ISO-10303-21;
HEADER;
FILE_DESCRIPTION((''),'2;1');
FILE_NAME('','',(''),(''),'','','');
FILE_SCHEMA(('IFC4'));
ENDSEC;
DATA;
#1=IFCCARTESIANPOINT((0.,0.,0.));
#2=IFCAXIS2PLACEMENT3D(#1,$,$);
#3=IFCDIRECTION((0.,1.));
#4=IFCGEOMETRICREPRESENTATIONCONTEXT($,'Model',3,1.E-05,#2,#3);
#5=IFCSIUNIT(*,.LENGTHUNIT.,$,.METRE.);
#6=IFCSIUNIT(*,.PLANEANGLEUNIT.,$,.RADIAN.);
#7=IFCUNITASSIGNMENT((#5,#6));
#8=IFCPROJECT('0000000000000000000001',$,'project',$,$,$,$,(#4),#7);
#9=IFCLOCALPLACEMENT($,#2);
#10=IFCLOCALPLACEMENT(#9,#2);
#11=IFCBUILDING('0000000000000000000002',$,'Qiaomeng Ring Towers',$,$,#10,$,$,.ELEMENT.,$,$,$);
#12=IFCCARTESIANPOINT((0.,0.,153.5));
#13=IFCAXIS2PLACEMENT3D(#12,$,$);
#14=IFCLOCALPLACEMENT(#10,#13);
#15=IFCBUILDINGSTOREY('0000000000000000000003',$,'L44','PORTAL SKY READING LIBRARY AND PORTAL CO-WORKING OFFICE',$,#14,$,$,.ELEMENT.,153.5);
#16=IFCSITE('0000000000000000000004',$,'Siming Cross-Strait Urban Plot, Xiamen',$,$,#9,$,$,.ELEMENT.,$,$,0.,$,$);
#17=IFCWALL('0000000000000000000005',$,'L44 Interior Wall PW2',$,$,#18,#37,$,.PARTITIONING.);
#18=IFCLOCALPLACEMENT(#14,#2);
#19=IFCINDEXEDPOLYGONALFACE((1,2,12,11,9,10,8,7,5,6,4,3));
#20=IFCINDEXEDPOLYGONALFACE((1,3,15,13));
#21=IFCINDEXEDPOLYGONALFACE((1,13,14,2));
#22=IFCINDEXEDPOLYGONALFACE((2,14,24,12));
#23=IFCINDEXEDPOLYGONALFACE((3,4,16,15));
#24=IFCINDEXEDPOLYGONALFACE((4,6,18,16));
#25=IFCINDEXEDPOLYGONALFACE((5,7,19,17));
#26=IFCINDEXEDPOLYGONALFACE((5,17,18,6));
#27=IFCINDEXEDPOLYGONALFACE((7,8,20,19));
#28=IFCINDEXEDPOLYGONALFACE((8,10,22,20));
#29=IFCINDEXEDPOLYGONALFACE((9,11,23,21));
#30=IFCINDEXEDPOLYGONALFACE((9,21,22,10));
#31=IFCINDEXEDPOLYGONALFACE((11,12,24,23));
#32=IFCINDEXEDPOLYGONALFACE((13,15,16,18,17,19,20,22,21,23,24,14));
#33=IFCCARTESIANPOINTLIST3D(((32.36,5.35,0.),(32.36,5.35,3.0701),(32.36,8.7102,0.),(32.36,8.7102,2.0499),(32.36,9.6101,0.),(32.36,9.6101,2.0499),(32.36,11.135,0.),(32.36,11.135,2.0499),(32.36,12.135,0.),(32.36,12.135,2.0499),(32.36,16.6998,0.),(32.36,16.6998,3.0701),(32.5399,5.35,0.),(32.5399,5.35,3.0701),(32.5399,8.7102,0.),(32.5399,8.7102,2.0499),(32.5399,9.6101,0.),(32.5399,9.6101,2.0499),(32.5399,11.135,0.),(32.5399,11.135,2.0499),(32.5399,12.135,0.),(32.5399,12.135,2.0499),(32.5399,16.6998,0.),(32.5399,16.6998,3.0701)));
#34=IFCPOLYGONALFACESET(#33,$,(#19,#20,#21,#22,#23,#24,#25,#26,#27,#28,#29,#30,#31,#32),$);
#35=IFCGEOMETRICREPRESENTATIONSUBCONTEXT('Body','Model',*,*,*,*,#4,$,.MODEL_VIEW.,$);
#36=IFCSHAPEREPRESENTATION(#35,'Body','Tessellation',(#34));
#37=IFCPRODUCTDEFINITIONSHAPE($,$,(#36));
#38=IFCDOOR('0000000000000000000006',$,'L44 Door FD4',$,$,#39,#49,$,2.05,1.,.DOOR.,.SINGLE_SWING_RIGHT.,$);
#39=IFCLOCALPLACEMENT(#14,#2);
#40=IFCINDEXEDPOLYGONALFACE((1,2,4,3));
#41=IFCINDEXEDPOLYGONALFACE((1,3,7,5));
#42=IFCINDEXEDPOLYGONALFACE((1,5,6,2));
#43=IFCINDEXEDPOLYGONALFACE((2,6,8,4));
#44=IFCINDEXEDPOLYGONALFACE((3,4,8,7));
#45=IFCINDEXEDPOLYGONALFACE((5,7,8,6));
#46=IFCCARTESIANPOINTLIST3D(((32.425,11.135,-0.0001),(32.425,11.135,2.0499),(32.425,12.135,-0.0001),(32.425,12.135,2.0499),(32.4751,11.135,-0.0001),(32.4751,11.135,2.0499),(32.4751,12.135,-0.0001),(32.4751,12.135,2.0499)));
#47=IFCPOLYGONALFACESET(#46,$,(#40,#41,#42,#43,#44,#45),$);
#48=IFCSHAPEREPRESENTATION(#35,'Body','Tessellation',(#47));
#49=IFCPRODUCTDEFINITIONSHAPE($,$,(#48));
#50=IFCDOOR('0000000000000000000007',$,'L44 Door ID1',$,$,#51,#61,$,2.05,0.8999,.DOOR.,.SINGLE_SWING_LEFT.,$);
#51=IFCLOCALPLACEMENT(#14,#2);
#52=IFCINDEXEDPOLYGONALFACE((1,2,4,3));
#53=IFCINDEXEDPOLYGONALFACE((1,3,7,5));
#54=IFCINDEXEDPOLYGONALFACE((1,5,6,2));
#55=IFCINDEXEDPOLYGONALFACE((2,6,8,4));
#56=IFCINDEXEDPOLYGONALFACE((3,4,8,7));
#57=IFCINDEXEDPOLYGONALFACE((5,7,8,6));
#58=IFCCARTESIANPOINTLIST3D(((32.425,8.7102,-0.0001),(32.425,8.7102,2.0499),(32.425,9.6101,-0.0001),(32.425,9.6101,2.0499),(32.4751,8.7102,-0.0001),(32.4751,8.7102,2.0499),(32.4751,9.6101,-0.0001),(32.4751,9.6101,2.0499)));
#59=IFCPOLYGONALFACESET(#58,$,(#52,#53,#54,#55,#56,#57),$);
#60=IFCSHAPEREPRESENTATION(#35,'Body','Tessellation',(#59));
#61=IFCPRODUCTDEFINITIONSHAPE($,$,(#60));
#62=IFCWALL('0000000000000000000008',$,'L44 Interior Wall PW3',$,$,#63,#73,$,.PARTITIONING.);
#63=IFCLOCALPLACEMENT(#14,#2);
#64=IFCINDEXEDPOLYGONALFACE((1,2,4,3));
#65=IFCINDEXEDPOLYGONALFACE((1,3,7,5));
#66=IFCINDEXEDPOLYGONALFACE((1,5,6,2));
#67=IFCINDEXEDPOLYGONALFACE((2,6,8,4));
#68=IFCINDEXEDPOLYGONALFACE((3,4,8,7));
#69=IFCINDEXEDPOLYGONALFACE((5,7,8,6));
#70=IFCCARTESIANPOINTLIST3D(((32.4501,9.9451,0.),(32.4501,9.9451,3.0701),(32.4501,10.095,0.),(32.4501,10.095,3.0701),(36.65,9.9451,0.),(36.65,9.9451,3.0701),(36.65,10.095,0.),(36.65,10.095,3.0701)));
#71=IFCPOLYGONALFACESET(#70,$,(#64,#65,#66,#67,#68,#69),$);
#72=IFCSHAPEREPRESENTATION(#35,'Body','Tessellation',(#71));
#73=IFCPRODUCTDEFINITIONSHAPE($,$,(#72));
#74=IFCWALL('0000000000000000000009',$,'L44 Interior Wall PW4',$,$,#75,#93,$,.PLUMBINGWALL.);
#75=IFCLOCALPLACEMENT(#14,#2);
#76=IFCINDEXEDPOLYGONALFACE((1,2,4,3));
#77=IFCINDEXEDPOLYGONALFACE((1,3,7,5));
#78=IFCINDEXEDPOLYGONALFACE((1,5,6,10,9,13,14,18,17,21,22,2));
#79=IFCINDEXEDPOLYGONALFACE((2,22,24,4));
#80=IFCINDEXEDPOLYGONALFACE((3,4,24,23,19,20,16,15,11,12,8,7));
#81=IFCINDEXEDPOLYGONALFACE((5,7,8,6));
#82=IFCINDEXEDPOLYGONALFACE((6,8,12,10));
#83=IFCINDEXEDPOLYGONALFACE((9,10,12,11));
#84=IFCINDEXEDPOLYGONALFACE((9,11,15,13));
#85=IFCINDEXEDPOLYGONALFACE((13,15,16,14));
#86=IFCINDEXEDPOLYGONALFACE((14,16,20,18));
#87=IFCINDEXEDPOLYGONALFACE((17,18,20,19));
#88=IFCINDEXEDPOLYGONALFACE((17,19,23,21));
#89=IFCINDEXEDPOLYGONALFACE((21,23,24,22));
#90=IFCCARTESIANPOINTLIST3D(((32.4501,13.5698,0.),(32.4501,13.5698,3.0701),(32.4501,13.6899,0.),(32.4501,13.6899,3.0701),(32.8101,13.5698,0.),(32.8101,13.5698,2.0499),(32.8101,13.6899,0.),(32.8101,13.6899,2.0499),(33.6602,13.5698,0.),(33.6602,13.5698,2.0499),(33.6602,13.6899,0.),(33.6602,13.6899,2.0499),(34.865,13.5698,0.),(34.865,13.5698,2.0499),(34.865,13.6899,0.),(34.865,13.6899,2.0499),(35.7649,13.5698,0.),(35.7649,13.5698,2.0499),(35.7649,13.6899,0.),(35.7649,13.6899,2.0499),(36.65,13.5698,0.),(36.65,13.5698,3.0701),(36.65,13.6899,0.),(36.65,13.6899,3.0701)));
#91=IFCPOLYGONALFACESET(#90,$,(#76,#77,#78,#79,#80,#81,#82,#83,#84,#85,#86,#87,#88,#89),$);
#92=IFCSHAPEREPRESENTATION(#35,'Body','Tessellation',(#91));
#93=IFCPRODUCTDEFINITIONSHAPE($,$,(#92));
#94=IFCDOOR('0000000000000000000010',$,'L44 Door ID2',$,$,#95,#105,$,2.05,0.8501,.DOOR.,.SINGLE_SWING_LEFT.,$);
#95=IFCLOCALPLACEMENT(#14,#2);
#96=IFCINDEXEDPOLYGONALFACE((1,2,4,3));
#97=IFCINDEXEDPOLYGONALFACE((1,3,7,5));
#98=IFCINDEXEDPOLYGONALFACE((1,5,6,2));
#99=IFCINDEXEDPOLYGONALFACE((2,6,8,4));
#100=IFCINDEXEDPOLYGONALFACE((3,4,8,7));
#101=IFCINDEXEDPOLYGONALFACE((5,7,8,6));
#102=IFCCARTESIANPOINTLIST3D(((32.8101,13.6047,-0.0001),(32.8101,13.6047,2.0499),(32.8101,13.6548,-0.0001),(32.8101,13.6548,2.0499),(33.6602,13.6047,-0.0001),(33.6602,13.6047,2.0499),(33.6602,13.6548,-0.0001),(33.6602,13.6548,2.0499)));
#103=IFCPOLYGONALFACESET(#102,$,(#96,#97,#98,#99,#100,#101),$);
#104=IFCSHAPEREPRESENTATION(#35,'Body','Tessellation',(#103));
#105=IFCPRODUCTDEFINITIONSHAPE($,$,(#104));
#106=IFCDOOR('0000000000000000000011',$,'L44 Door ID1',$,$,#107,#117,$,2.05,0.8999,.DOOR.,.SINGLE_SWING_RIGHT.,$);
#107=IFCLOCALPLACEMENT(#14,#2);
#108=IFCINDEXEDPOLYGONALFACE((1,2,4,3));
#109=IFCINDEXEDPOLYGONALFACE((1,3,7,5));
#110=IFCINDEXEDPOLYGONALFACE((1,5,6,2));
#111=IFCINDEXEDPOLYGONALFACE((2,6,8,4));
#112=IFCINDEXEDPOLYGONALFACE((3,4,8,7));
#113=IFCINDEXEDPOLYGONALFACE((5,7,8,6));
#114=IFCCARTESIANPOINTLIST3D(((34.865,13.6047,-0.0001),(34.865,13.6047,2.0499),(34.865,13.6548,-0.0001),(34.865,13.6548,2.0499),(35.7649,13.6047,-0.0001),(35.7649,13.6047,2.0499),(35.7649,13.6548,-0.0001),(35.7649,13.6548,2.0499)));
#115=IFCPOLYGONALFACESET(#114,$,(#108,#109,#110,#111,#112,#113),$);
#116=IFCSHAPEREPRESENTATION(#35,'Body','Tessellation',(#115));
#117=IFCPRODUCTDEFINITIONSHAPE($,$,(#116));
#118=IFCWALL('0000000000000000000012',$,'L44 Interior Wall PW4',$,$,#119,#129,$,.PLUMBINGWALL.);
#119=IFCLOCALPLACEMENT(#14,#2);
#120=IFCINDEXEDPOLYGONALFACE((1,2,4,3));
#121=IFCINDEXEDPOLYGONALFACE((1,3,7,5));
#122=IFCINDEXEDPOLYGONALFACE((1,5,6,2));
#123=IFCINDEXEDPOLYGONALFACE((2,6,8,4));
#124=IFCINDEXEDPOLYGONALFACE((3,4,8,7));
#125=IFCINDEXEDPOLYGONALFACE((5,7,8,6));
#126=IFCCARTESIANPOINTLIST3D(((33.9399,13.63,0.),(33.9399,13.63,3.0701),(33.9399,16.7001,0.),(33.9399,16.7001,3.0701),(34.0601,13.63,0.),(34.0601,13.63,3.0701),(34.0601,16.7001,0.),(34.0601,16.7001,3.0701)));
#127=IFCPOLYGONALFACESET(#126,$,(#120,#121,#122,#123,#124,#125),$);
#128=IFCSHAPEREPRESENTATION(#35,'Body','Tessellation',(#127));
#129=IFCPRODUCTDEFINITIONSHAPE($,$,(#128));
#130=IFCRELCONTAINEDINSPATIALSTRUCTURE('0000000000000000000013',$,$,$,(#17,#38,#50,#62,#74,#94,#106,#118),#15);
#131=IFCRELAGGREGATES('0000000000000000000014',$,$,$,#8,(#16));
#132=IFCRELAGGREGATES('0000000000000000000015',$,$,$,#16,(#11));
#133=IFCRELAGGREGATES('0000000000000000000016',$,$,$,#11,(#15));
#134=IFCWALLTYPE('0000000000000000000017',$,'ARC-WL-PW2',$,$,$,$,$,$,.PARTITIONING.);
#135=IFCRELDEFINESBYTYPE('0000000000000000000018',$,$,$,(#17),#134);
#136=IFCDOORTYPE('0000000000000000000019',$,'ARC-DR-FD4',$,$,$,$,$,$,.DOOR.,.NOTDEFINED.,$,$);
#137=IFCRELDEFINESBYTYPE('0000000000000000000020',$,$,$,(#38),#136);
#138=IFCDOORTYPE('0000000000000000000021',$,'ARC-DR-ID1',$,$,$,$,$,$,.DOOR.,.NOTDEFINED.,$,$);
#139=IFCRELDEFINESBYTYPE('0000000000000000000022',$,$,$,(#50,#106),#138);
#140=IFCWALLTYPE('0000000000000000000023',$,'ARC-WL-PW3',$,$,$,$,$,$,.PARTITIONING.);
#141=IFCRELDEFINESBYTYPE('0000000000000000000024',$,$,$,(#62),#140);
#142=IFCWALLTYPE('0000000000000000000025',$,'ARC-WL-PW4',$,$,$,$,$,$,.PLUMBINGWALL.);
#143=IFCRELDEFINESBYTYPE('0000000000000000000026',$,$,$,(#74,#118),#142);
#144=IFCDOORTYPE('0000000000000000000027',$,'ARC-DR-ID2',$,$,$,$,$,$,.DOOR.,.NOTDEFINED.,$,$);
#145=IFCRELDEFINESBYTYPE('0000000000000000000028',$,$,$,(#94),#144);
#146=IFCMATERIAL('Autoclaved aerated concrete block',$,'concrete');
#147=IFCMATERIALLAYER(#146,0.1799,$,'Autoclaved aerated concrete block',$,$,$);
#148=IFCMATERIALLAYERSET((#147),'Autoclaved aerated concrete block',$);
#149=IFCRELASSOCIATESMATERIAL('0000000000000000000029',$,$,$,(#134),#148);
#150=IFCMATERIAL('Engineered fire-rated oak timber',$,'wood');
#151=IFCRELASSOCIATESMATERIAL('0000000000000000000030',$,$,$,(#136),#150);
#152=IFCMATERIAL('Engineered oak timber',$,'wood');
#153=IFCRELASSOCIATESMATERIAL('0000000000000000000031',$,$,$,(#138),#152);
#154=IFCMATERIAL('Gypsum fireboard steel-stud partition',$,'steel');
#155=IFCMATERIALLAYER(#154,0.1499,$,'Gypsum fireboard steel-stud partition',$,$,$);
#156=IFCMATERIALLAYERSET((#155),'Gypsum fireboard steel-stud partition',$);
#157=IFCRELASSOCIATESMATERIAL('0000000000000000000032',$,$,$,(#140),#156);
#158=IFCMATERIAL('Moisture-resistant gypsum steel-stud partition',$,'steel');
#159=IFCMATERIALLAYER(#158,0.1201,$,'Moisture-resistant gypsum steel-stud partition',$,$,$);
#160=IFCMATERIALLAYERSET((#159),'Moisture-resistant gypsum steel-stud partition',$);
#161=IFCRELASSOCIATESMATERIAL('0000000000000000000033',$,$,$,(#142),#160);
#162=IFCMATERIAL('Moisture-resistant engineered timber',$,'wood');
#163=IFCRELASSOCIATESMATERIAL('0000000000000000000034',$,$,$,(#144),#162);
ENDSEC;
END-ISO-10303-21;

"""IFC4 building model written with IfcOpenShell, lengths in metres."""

from ifc_helpers import new_model, si_unit, direction, frame, frame_2d, origin, place, context, subcontext, project, spatial, rectangle, extrude, source, transform, mapped, material, layer, layer_set, type_object, element, fill, save


model = new_model("IFC4")

# Units and contexts
model_context = context("Model", 3, precision=1e-05, world=origin(), true_north=direction((0.0, 1.0)))
body_context = subcontext(model_context, "Body", "Model", "MODEL_VIEW")
ifc_project = project(units=[si_unit("LENGTHUNIT", "METRE"), si_unit("PLANEANGLEUNIT", "RADIAN")], contexts=[model_context])

# Site, building, storey
site_placement = place(None, origin())
site = spatial("IfcSite", under=ifc_project, at=site_placement, Name="Siming Cross-Strait Urban Plot, Xiamen", CompositionType="ELEMENT", RefElevation=0.0)
building_placement = place(site_placement, origin())
building = spatial("IfcBuilding", under=site, at=building_placement, Name="Qiaomeng Ring Towers", CompositionType="ELEMENT")
storey_placement = place(building_placement, frame((0.0, 0.0, 153.5)))
storey = spatial("IfcBuildingStorey", under=building, at=storey_placement, Name="L44", Description="PORTAL SKY READING LIBRARY AND PORTAL CO-WORKING OFFICE", CompositionType="ELEMENT", Elevation=153.5)

# Wall, openings, doors
ifc_material_1 = material(Name="Autoclaved aerated concrete block", Category="concrete")
ifc_layer_1 = layer(ifc_material_1, 0.1799, Name="Autoclaved aerated concrete block")
ifc_layer_set_1 = layer_set([ifc_layer_1], Name="Autoclaved aerated concrete block")
wall_type_1 = type_object("IfcWallType", Name="ARC-WL-PW2", PredefinedType="PARTITIONING", material=ifc_layer_set_1)
wall_1_placement = place(storey_placement, frame((32.45, 5.3501, 0.0), z_axis=(0.0, 0.0, 1.0), x_axis=(0.0, 1.0, 0.0)))
wall_1 = element("IfcWall", 1, at=wall_1_placement, inside=storey, type_object=wall_type_1, Name="L44 Interior Wall PW2", PredefinedType="PARTITIONING", context=body_context, shape_type="SweptSolid", body=[
    extrude(rectangle(XDim=11.3499, YDim=0.1799, at=frame_2d((5.6748, 0.0))), origin(), (0.0, 0.0, 1.0), 3.0701),
])
opening_1_placement = place(wall_1_placement, frame((3.3601, 0.0, 0.0)))
opening_1 = element("IfcOpeningElement", 2, at=opening_1_placement, cuts=wall_1, PredefinedType="OPENING", context=body_context, shape_type="SweptSolid", body=[
    extrude(rectangle(XDim=0.8999, YDim=2.05, at=frame_2d((0.45, 1.0249))), frame((0.0, 0.0999, 0.0), z_axis=(0.0, -1.0, 0.0), x_axis=(1.0, 0.0, 0.0)), (0.0, 0.0, 1.0), 0.2),
])
opening_2_placement = place(wall_1_placement, frame((5.7849, 0.0, 0.0)))
opening_2 = element("IfcOpeningElement", 3, at=opening_2_placement, cuts=wall_1, PredefinedType="OPENING", context=body_context, shape_type="SweptSolid", body=[
    extrude(rectangle(XDim=1.0, YDim=2.05, at=frame_2d((0.5, 1.0249))), frame((0.0, 0.0999, 0.0), z_axis=(0.0, -1.0, 0.0), x_axis=(1.0, 0.0, 0.0)), (0.0, 0.0, 1.0), 0.2),
])
ifc_material_2 = material(Name="Engineered fire-rated oak timber", Category="wood")
door_type_1 = type_object("IfcDoorType", Name="ARC-DR-FD4", OperationType="NOTDEFINED", PredefinedType="DOOR", material=ifc_material_2)
shared_shape_1 = source(origin(), body_context, "Body", "SweptSolid", [
    extrude(rectangle(XDim=1.0, YDim=2.05, at=frame_2d((0.5, 1.0249))), frame((0.0, 0.0249, 0.0), z_axis=(0.0, -1.0, 0.0), x_axis=(1.0, 0.0, 0.0)), (0.0, 0.0, 1.0), 0.05),
])
door_1_placement = place(opening_2_placement, origin())
door_1 = element("IfcDoor", 4, at=door_1_placement, inside=storey, type_object=door_type_1, Name="L44 Door FD4", OperationType="SINGLE_SWING_RIGHT", OverallHeight=2.05, OverallWidth=1.0, PredefinedType="DOOR", context=body_context, shape_type="MappedRepresentation", body=[
    mapped(shared_shape_1, transform((0.0, 0.0, 0.0), x_axis=(1.0, 0.0, 0.0), y_axis=(0.0, 1.0, 0.0), z_axis=(0.0, 0.0, 1.0), scale=1.0)),
])
fill(opening_2, door_1)
ifc_material_3 = material(Name="Engineered oak timber", Category="wood")
door_type_2 = type_object("IfcDoorType", Name="ARC-DR-ID1", OperationType="NOTDEFINED", PredefinedType="DOOR", material=ifc_material_3)
shared_shape_2 = source(origin(), body_context, "Body", "SweptSolid", [
    extrude(rectangle(XDim=0.8999, YDim=2.05, at=frame_2d((0.45, 1.0249))), frame((0.0, 0.0249, 0.0), z_axis=(0.0, -1.0, 0.0), x_axis=(1.0, 0.0, 0.0)), (0.0, 0.0, 1.0), 0.05),
])
door_2_placement = place(opening_1_placement, origin())
door_2 = element("IfcDoor", 5, at=door_2_placement, inside=storey, type_object=door_type_2, Name="L44 Door ID1", OperationType="SINGLE_SWING_LEFT", OverallHeight=2.05, OverallWidth=0.8999, PredefinedType="DOOR", context=body_context, shape_type="MappedRepresentation", body=[
    mapped(shared_shape_2, transform((0.0, 0.0, 0.0), x_axis=(1.0, 0.0, 0.0), y_axis=(0.0, 1.0, 0.0), z_axis=(0.0, 0.0, 1.0), scale=1.0)),
])
fill(opening_1, door_2)

# Wall
ifc_material_4 = material(Name="Gypsum fireboard steel-stud partition", Category="steel")
ifc_layer_2 = layer(ifc_material_4, 0.1499, Name="Gypsum fireboard steel-stud partition")
ifc_layer_set_2 = layer_set([ifc_layer_2], Name="Gypsum fireboard steel-stud partition")
wall_type_2 = type_object("IfcWallType", Name="ARC-WL-PW3", PredefinedType="PARTITIONING", material=ifc_layer_set_2)
wall_2_placement = place(storey_placement, frame((32.45, 10.02, 0.0), z_axis=(0.0, 0.0, 1.0), x_axis=(1.0, 0.0, 0.0)))
element("IfcWall", 6, at=wall_2_placement, inside=storey, type_object=wall_type_2, Name="L44 Interior Wall PW3", PredefinedType="PARTITIONING", context=body_context, shape_type="SweptSolid", body=[
    extrude(rectangle(XDim=4.2, YDim=0.1499, at=frame_2d((2.1001, 0.0))), origin(), (0.0, 0.0, 1.0), 3.0701),
])

# Wall, openings, doors
ifc_material_5 = material(Name="Moisture-resistant gypsum steel-stud partition", Category="steel")
ifc_layer_3 = layer(ifc_material_5, 0.1201, Name="Moisture-resistant gypsum steel-stud partition")
ifc_layer_set_3 = layer_set([ifc_layer_3], Name="Moisture-resistant gypsum steel-stud partition")
wall_type_3 = type_object("IfcWallType", Name="ARC-WL-PW4", PredefinedType="PLUMBINGWALL", material=ifc_layer_set_3)
wall_3_placement = place(storey_placement, frame((32.45, 13.6299, 0.0), z_axis=(0.0, 0.0, 1.0), x_axis=(1.0, 0.0, 0.0)))
wall_3 = element("IfcWall", 7, at=wall_3_placement, inside=storey, type_object=wall_type_3, Name="L44 Interior Wall PW4", PredefinedType="PLUMBINGWALL", context=body_context, shape_type="SweptSolid", body=[
    extrude(rectangle(XDim=4.2, YDim=0.1201, at=frame_2d((2.1001, 0.0))), origin(), (0.0, 0.0, 1.0), 3.0701),
])
opening_3_placement = place(wall_3_placement, frame((0.3601, 0.0, 0.0)))
opening_3 = element("IfcOpeningElement", 8, at=opening_3_placement, cuts=wall_3, PredefinedType="OPENING", context=body_context, shape_type="SweptSolid", body=[
    extrude(rectangle(XDim=0.8501, YDim=2.05, at=frame_2d((0.425, 1.0249))), frame((0.0, 0.0701, 0.0), z_axis=(0.0, -1.0, 0.0), x_axis=(1.0, 0.0, 0.0)), (0.0, 0.0, 1.0), 0.1401),
])
opening_4_placement = place(wall_3_placement, frame((2.415, 0.0, 0.0)))
opening_4 = element("IfcOpeningElement", 9, at=opening_4_placement, cuts=wall_3, PredefinedType="OPENING", context=body_context, shape_type="SweptSolid", body=[
    extrude(rectangle(XDim=0.8999, YDim=2.05, at=frame_2d((0.45, 1.0249))), frame((0.0, 0.0701, 0.0), z_axis=(0.0, -1.0, 0.0), x_axis=(1.0, 0.0, 0.0)), (0.0, 0.0, 1.0), 0.1401),
])
ifc_material_6 = material(Name="Moisture-resistant engineered timber", Category="wood")
door_type_3 = type_object("IfcDoorType", Name="ARC-DR-ID2", OperationType="NOTDEFINED", PredefinedType="DOOR", material=ifc_material_6)
shared_shape_3 = source(origin(), body_context, "Body", "SweptSolid", [
    extrude(rectangle(XDim=0.8501, YDim=2.05, at=frame_2d((0.425, 1.0249))), frame((0.0, 0.0249, 0.0), z_axis=(0.0, -1.0, 0.0), x_axis=(1.0, 0.0, 0.0)), (0.0, 0.0, 1.0), 0.05),
])
door_3_placement = place(opening_3_placement, origin())
door_3 = element("IfcDoor", 10, at=door_3_placement, inside=storey, type_object=door_type_3, Name="L44 Door ID2", OperationType="SINGLE_SWING_LEFT", OverallHeight=2.05, OverallWidth=0.8501, PredefinedType="DOOR", context=body_context, shape_type="MappedRepresentation", body=[
    mapped(shared_shape_3, transform((0.0, 0.0, 0.0), x_axis=(1.0, 0.0, 0.0), y_axis=(0.0, 1.0, 0.0), z_axis=(0.0, 0.0, 1.0), scale=1.0)),
])
fill(opening_3, door_3)
door_4_placement = place(opening_4_placement, origin())
door_4 = element("IfcDoor", 11, at=door_4_placement, inside=storey, type_object=door_type_2, Name="L44 Door ID1", OperationType="SINGLE_SWING_RIGHT", OverallHeight=2.05, OverallWidth=0.8999, PredefinedType="DOOR", context=body_context, shape_type="MappedRepresentation", body=[
    mapped(shared_shape_2, transform((0.0, 0.0, 0.0), x_axis=(1.0, 0.0, 0.0), y_axis=(0.0, 1.0, 0.0), z_axis=(0.0, 0.0, 1.0), scale=1.0)),
])
fill(opening_4, door_4)

# Wall
wall_4_placement = place(storey_placement, frame((34.0, 13.6299, 0.0), z_axis=(0.0, 0.0, 1.0), x_axis=(0.0, 1.0, 0.0)))
element("IfcWall", 12, at=wall_4_placement, inside=storey, type_object=wall_type_3, Name="L44 Interior Wall PW4", PredefinedType="PLUMBINGWALL", context=body_context, shape_type="SweptSolid", body=[
    extrude(rectangle(XDim=3.0701, YDim=0.1201, at=frame_2d((1.5352, 0.0))), origin(), (0.0, 0.0, 1.0), 3.0701),
])

save(model, "model.ifc")
